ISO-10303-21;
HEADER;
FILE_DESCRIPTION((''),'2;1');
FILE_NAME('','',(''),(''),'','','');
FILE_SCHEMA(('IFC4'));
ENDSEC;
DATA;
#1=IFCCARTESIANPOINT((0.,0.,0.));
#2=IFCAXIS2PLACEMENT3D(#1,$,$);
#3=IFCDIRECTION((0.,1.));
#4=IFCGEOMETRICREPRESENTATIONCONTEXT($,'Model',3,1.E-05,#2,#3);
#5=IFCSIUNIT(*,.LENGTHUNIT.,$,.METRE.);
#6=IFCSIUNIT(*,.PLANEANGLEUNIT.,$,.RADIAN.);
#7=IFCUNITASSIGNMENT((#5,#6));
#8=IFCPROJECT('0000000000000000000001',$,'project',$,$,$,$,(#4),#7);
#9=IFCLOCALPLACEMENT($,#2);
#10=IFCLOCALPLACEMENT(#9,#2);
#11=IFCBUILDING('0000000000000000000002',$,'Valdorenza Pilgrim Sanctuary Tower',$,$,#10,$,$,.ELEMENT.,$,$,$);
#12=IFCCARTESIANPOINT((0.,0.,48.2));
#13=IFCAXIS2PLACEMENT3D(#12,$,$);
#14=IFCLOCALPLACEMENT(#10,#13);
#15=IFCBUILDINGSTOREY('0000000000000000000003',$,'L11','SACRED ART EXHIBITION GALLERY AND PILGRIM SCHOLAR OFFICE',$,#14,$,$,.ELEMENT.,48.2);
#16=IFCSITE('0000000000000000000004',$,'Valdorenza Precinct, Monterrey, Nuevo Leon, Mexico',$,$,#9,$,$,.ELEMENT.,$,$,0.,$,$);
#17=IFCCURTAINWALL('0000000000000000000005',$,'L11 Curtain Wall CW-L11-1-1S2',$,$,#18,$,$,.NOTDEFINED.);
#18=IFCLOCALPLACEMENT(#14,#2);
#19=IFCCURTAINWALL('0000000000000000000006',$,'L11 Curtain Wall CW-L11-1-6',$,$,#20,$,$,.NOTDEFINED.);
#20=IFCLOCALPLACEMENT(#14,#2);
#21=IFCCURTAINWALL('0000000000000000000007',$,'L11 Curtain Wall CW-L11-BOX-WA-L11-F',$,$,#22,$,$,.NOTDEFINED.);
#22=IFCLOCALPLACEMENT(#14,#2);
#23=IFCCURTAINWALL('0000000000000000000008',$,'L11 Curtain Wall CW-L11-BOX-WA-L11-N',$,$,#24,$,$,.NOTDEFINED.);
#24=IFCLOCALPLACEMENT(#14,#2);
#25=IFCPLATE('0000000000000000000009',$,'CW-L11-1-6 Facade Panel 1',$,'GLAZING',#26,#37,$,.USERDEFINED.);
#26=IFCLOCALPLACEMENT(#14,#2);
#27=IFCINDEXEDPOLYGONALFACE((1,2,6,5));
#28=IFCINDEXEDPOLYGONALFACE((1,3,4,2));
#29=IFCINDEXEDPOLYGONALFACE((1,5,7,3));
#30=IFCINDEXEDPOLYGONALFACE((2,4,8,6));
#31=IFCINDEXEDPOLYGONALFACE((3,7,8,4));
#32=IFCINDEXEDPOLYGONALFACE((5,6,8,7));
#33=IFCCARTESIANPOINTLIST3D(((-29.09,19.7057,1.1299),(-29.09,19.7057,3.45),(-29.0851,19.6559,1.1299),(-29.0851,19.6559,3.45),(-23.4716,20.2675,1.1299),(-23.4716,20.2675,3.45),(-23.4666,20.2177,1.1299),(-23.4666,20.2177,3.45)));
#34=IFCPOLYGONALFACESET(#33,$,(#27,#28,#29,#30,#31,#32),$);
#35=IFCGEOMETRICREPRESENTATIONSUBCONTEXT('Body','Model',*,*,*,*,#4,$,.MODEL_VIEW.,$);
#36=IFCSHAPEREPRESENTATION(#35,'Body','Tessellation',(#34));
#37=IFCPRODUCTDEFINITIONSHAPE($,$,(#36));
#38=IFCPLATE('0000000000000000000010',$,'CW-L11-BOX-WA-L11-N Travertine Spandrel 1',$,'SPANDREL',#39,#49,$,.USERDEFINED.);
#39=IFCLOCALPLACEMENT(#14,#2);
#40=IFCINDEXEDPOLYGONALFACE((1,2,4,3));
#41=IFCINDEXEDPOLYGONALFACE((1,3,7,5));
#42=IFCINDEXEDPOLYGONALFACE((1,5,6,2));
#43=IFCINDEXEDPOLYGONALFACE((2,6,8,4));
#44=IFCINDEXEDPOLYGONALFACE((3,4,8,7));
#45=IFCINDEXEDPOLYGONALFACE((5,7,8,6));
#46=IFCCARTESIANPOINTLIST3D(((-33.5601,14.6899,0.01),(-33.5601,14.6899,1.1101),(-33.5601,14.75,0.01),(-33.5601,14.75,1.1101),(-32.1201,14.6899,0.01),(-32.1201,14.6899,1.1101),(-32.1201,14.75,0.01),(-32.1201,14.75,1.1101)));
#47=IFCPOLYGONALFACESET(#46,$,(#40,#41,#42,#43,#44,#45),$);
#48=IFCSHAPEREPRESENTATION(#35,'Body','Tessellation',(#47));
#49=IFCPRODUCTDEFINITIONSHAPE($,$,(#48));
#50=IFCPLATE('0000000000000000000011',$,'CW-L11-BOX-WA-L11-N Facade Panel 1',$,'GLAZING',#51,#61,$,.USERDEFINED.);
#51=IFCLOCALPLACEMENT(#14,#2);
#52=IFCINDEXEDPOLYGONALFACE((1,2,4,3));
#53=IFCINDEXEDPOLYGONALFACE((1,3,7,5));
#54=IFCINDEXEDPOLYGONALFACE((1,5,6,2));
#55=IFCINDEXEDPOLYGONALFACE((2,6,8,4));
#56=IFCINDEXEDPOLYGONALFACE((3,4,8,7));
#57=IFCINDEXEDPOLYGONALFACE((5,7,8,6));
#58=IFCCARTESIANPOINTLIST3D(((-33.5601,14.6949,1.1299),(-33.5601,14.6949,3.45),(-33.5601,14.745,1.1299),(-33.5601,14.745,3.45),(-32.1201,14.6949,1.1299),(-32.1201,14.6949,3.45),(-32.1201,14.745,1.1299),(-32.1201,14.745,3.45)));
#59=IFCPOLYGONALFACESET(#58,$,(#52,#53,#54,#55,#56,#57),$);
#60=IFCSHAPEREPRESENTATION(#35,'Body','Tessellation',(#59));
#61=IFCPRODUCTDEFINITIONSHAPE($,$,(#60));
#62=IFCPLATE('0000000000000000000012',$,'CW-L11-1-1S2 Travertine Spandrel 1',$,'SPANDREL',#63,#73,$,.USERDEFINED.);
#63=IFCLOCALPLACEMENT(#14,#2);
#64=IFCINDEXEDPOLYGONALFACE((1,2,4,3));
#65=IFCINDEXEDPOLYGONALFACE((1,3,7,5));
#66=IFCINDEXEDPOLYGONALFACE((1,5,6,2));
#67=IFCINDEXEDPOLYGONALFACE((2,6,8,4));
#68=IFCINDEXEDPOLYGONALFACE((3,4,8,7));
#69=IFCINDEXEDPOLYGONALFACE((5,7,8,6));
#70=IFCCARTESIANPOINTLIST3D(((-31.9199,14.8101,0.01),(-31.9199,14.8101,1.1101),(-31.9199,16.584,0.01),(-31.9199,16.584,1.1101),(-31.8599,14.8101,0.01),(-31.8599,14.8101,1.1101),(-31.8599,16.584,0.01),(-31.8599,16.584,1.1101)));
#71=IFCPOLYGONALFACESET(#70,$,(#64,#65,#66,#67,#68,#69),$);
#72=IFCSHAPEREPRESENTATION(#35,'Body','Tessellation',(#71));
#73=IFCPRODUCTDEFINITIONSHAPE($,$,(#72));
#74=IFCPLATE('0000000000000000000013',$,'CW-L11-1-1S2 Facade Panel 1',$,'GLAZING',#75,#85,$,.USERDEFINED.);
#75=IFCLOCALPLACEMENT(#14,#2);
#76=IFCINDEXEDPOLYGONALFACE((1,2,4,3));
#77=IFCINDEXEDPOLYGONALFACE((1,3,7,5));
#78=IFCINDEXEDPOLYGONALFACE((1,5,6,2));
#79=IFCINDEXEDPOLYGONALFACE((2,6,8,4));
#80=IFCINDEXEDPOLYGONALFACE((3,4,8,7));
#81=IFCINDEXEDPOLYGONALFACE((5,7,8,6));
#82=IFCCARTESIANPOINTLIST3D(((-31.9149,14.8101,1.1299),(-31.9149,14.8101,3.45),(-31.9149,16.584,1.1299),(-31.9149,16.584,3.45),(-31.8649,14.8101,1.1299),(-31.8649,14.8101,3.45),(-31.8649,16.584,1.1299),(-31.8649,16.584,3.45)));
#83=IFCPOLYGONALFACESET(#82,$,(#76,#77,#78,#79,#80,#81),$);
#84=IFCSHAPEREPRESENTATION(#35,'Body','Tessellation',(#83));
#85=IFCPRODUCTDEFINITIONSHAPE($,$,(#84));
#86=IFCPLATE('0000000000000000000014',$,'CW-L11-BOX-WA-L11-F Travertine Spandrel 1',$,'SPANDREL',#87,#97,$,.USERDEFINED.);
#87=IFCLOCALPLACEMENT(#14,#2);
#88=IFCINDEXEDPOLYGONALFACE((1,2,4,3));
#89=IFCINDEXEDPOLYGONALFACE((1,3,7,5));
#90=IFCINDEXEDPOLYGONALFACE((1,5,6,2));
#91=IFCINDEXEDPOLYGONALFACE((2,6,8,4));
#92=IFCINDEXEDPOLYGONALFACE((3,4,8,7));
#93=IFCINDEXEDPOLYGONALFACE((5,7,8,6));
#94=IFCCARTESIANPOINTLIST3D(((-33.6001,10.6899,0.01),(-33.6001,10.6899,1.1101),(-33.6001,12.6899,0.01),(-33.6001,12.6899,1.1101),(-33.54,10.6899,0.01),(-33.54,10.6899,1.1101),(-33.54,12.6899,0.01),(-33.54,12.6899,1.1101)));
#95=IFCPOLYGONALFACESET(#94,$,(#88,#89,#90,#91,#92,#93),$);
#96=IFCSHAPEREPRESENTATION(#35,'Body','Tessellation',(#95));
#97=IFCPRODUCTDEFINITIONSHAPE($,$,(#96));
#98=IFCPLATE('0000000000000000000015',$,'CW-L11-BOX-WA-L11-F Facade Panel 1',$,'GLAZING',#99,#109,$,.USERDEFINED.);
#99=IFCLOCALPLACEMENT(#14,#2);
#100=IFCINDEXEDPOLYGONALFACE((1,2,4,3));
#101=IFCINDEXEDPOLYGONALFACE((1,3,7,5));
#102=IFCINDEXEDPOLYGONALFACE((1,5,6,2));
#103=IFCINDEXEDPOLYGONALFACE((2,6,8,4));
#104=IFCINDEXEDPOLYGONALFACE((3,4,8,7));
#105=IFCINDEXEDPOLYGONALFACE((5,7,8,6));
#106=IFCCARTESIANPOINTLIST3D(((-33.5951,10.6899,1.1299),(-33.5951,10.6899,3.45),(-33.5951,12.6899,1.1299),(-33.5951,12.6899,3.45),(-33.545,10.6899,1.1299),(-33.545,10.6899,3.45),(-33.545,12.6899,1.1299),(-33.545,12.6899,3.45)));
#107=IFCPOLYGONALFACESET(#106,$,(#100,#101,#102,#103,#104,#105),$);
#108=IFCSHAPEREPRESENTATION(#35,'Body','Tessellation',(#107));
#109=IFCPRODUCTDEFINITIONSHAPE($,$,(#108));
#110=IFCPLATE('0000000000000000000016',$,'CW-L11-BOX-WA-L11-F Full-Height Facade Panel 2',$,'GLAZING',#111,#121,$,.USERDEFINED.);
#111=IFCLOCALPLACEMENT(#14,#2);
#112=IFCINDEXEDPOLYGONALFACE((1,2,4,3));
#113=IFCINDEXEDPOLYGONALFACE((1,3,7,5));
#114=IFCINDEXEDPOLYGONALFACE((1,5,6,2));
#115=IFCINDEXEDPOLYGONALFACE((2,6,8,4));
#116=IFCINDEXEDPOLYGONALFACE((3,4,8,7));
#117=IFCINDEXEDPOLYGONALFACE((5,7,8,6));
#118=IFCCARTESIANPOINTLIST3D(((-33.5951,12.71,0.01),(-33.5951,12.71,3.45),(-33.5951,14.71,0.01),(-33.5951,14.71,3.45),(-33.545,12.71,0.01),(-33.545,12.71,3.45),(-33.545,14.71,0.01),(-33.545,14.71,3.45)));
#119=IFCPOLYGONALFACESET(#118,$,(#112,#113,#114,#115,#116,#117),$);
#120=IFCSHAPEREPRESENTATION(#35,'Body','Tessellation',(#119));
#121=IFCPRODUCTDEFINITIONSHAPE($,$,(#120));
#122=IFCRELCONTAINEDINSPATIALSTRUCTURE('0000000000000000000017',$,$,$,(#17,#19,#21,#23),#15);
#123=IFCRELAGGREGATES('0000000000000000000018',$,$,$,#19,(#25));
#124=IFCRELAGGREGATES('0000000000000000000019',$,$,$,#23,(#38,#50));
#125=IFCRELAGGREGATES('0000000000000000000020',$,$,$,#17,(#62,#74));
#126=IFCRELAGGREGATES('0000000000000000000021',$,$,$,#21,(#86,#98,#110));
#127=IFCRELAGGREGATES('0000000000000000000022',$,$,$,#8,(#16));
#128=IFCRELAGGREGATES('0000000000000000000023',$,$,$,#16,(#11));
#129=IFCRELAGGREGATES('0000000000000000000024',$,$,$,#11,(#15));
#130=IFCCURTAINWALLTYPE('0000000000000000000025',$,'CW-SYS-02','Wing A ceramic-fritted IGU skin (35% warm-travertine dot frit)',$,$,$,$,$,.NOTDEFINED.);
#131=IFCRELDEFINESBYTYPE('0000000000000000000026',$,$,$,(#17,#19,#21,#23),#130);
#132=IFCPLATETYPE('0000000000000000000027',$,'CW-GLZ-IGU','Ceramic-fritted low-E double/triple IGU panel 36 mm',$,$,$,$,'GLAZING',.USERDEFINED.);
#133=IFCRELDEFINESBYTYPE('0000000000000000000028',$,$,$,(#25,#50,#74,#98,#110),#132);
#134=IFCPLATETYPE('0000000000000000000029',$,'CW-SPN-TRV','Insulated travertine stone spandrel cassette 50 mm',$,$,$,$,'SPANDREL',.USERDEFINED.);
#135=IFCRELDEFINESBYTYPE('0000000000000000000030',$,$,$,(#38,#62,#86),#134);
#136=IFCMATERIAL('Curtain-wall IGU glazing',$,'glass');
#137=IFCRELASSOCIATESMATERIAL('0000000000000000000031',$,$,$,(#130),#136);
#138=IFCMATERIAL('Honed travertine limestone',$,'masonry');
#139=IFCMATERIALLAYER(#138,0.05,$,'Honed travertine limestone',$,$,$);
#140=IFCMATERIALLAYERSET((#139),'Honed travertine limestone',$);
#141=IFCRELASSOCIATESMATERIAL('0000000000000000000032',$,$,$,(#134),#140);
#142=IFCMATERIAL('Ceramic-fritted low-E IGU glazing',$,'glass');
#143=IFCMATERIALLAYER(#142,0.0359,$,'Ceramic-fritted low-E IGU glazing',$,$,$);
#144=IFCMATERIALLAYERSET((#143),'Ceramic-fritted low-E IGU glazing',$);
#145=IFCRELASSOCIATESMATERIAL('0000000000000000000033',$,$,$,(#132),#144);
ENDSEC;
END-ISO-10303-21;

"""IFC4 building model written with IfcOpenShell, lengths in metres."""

from ifc_helpers import new_model, si_unit, direction, frame, origin, origin_2d, place, context, subcontext, project, spatial, rectangle, extrude, source, transform, mapped, material, layer, layer_set, type_object, element, aggregate, save


model = new_model("IFC4")

# Units and contexts
model_context = context("Model", 3, precision=1e-05, world=origin(), true_north=direction((0.0, 1.0)))
body_context = subcontext(model_context, "Body", "Model", "MODEL_VIEW")
ifc_project = project(units=[si_unit("LENGTHUNIT", "METRE"), si_unit("PLANEANGLEUNIT", "RADIAN")], contexts=[model_context])

# Site, building, storey
site_placement = place(None, origin())
site = spatial("IfcSite", under=ifc_project, at=site_placement, Name="Valdorenza Precinct, Monterrey, Nuevo Leon, Mexico", CompositionType="ELEMENT", RefElevation=0.0)
building_placement = place(site_placement, origin())
building = spatial("IfcBuilding", under=site, at=building_placement, Name="Valdorenza Pilgrim Sanctuary Tower", CompositionType="ELEMENT")
storey_placement = place(building_placement, frame((0.0, 0.0, 48.2)))
storey = spatial("IfcBuildingStorey", under=building, at=storey_placement, Name="L11", Description="SACRED ART EXHIBITION GALLERY AND PILGRIM SCHOLAR OFFICE", CompositionType="ELEMENT", Elevation=48.2)

# Curtain wall
ifc_material_1 = material(Name="Curtain-wall IGU glazing", Category="glass")
curtain_wall_type = type_object("IfcCurtainWallType", Name="CW-SYS-02", Description="Wing A ceramic-fritted IGU skin (35% warm-travertine dot frit)", PredefinedType="NOTDEFINED", material=ifc_material_1)
curtain_wall_1_placement = place(storey_placement, origin())
curtain_wall_1 = element("IfcCurtainWall", 1, at=curtain_wall_1_placement, inside=storey, type_object=curtain_wall_type, Name="L11 Curtain Wall CW-L11-1-1S2", PredefinedType="NOTDEFINED")

# Curtain wall
curtain_wall_2_placement = place(storey_placement, origin())
curtain_wall_2 = element("IfcCurtainWall", 2, at=curtain_wall_2_placement, inside=storey, type_object=curtain_wall_type, Name="L11 Curtain Wall CW-L11-1-6", PredefinedType="NOTDEFINED")

# Curtain wall
curtain_wall_3_placement = place(storey_placement, origin())
curtain_wall_3 = element("IfcCurtainWall", 3, at=curtain_wall_3_placement, inside=storey, type_object=curtain_wall_type, Name="L11 Curtain Wall CW-L11-BOX-WA-L11-F", PredefinedType="NOTDEFINED")

# Curtain wall
curtain_wall_4_placement = place(storey_placement, origin())
curtain_wall_4 = element("IfcCurtainWall", 4, at=curtain_wall_4_placement, inside=storey, type_object=curtain_wall_type, Name="L11 Curtain Wall CW-L11-BOX-WA-L11-N", PredefinedType="NOTDEFINED")

# Plates
ifc_material_2 = material(Name="Honed travertine limestone", Category="masonry")
ifc_layer_1 = layer(ifc_material_2, 0.05, Name="Honed travertine limestone")
ifc_layer_set_1 = layer_set([ifc_layer_1], Name="Honed travertine limestone")
plate_type_1 = type_object("IfcPlateType", Name="CW-SPN-TRV", Description="Insulated travertine stone spandrel cassette 50 mm", ElementType="SPANDREL", PredefinedType="USERDEFINED", material=ifc_layer_set_1)
ifc_material_3 = material(Name="Ceramic-fritted low-E IGU glazing", Category="glass")
ifc_layer_2 = layer(ifc_material_3, 0.0359, Name="Ceramic-fritted low-E IGU glazing")
ifc_layer_set_2 = layer_set([ifc_layer_2], Name="Ceramic-fritted low-E IGU glazing")
plate_type_2 = type_object("IfcPlateType", Name="CW-GLZ-IGU", Description="Ceramic-fritted low-E double/triple IGU panel 36 mm", ElementType="GLAZING", PredefinedType="USERDEFINED", material=ifc_layer_set_2)
shared_shape_1 = source(origin(), body_context, "Body", "SweptSolid", [
    extrude(rectangle(XDim=5.6465, YDim=0.05, at=origin_2d()), origin(), (0.0, 0.0, 1.0), 2.3201),
])
plate_1_placement = place(storey_placement, frame((-26.2783, 19.9617, 1.1299), z_axis=(0.0, 0.0, 1.0), x_axis=(0.995038, 0.099493, 0.0)))
plate_1 = element("IfcPlate", 5, at=plate_1_placement, type_object=plate_type_2, Name="CW-L11-1-6 Facade Panel 1", ObjectType="GLAZING", PredefinedType="USERDEFINED", context=body_context, shape_type="MappedRepresentation", body=[
    mapped(shared_shape_1, transform((0.0, 0.0, 0.0), x_axis=(1.0, 0.0, 0.0), y_axis=(0.0, 1.0, 0.0), z_axis=(0.0, 0.0, 1.0), scale=1.0)),
])
aggregate(curtain_wall_2, [plate_1])
shared_shape_2 = source(origin(), body_context, "Body", "SweptSolid", [
    extrude(rectangle(XDim=1.4399, YDim=0.0601, at=origin_2d()), origin(), (0.0, 0.0, 1.0), 1.1001),
])
plate_2_placement = place(storey_placement, frame((-32.8401, 14.72, 0.01), z_axis=(0.0, 0.0, 1.0), x_axis=(1.0, 0.0, 0.0)))
plate_2 = element("IfcPlate", 6, at=plate_2_placement, type_object=plate_type_1, Name="CW-L11-BOX-WA-L11-N Travertine Spandrel 1", ObjectType="SPANDREL", PredefinedType="USERDEFINED", context=body_context, shape_type="MappedRepresentation", body=[
    mapped(shared_shape_2, transform((0.0, 0.0, 0.0), x_axis=(1.0, 0.0, 0.0), y_axis=(0.0, 1.0, 0.0), z_axis=(0.0, 0.0, 1.0), scale=1.0)),
])
shared_shape_3 = source(origin(), body_context, "Body", "SweptSolid", [
    extrude(rectangle(XDim=1.4399, YDim=0.05, at=origin_2d()), origin(), (0.0, 0.0, 1.0), 2.3201),
])
plate_3_placement = place(storey_placement, frame((-32.8401, 14.72, 1.1299), z_axis=(0.0, 0.0, 1.0), x_axis=(1.0, 0.0, 0.0)))
plate_3 = element("IfcPlate", 7, at=plate_3_placement, type_object=plate_type_2, Name="CW-L11-BOX-WA-L11-N Facade Panel 1", ObjectType="GLAZING", PredefinedType="USERDEFINED", context=body_context, shape_type="MappedRepresentation", body=[
    mapped(shared_shape_3, transform((0.0, 0.0, 0.0), x_axis=(1.0, 0.0, 0.0), y_axis=(0.0, 1.0, 0.0), z_axis=(0.0, 0.0, 1.0), scale=1.0)),
])
aggregate(curtain_wall_4, [plate_2, plate_3])
shared_shape_4 = source(origin(), body_context, "Body", "SweptSolid", [
    extrude(rectangle(XDim=1.7739, YDim=0.0601, at=origin_2d()), origin(), (0.0, 0.0, 1.0), 1.1001),
])
plate_4_placement = place(storey_placement, frame((-31.8899, 15.697, 0.01), z_axis=(0.0, 0.0, 1.0), x_axis=(0.0, 1.0, 0.0)))
plate_4 = element("IfcPlate", 8, at=plate_4_placement, type_object=plate_type_1, Name="CW-L11-1-1S2 Travertine Spandrel 1", ObjectType="SPANDREL", PredefinedType="USERDEFINED", context=body_context, shape_type="MappedRepresentation", body=[
    mapped(shared_shape_4, transform((0.0, 0.0, 0.0), x_axis=(1.0, 0.0, 0.0), y_axis=(0.0, 1.0, 0.0), z_axis=(0.0, 0.0, 1.0), scale=1.0)),
])
shared_shape_5 = source(origin(), body_context, "Body", "SweptSolid", [
    extrude(rectangle(XDim=1.7739, YDim=0.05, at=origin_2d()), origin(), (0.0, 0.0, 1.0), 2.3201),
])
plate_5_placement = place(storey_placement, frame((-31.8899, 15.697, 1.1299), z_axis=(0.0, 0.0, 1.0), x_axis=(0.0, 1.0, 0.0)))
plate_5 = element("IfcPlate", 9, at=plate_5_placement, type_object=plate_type_2, Name="CW-L11-1-1S2 Facade Panel 1", ObjectType="GLAZING", PredefinedType="USERDEFINED", context=body_context, shape_type="MappedRepresentation", body=[
    mapped(shared_shape_5, transform((0.0, 0.0, 0.0), x_axis=(1.0, 0.0, 0.0), y_axis=(0.0, 1.0, 0.0), z_axis=(0.0, 0.0, 1.0), scale=1.0)),
])
aggregate(curtain_wall_1, [plate_4, plate_5])
shared_shape_6 = source(origin(), body_context, "Body", "SweptSolid", [
    extrude(rectangle(XDim=2.0, YDim=0.0601, at=origin_2d()), origin(), (0.0, 0.0, 1.0), 1.1001),
])
plate_6_placement = place(storey_placement, frame((-33.5701, 11.6899, 0.01), z_axis=(0.0, 0.0, 1.0), x_axis=(0.0, 1.0, 0.0)))
plate_6 = element("IfcPlate", 10, at=plate_6_placement, type_object=plate_type_1, Name="CW-L11-BOX-WA-L11-F Travertine Spandrel 1", ObjectType="SPANDREL", PredefinedType="USERDEFINED", context=body_context, shape_type="MappedRepresentation", body=[
    mapped(shared_shape_6, transform((0.0, 0.0, 0.0), x_axis=(1.0, 0.0, 0.0), y_axis=(0.0, 1.0, 0.0), z_axis=(0.0, 0.0, 1.0), scale=1.0)),
])
shared_shape_7 = source(origin(), body_context, "Body", "SweptSolid", [
    extrude(rectangle(XDim=2.0, YDim=0.05, at=origin_2d()), origin(), (0.0, 0.0, 1.0), 2.3201),
])
plate_7_placement = place(storey_placement, frame((-33.5701, 11.6899, 1.1299), z_axis=(0.0, 0.0, 1.0), x_axis=(0.0, 1.0, 0.0)))
plate_7 = element("IfcPlate", 11, at=plate_7_placement, type_object=plate_type_2, Name="CW-L11-BOX-WA-L11-F Facade Panel 1", ObjectType="GLAZING", PredefinedType="USERDEFINED", context=body_context, shape_type="MappedRepresentation", body=[
    mapped(shared_shape_7, transform((0.0, 0.0, 0.0), x_axis=(1.0, 0.0, 0.0), y_axis=(0.0, 1.0, 0.0), z_axis=(0.0, 0.0, 1.0), scale=1.0)),
])
shared_shape_8 = source(origin(), body_context, "Body", "SweptSolid", [
    extrude(rectangle(XDim=2.0, YDim=0.05, at=origin_2d()), origin(), (0.0, 0.0, 1.0), 3.4399),
])
plate_8_placement = place(storey_placement, frame((-33.5701, 13.71, 0.01), z_axis=(0.0, 0.0, 1.0), x_axis=(0.0, 1.0, 0.0)))
plate_8 = element("IfcPlate", 12, at=plate_8_placement, type_object=plate_type_2, Name="CW-L11-BOX-WA-L11-F Full-Height Facade Panel 2", ObjectType="GLAZING", PredefinedType="USERDEFINED", context=body_context, shape_type="MappedRepresentation", body=[
    mapped(shared_shape_8, transform((0.0, 0.0, 0.0), x_axis=(1.0, 0.0, 0.0), y_axis=(0.0, 1.0, 0.0), z_axis=(0.0, 0.0, 1.0), scale=1.0)),
])
aggregate(curtain_wall_3, [plate_6, plate_7, plate_8])

save(model, "model.ifc")
